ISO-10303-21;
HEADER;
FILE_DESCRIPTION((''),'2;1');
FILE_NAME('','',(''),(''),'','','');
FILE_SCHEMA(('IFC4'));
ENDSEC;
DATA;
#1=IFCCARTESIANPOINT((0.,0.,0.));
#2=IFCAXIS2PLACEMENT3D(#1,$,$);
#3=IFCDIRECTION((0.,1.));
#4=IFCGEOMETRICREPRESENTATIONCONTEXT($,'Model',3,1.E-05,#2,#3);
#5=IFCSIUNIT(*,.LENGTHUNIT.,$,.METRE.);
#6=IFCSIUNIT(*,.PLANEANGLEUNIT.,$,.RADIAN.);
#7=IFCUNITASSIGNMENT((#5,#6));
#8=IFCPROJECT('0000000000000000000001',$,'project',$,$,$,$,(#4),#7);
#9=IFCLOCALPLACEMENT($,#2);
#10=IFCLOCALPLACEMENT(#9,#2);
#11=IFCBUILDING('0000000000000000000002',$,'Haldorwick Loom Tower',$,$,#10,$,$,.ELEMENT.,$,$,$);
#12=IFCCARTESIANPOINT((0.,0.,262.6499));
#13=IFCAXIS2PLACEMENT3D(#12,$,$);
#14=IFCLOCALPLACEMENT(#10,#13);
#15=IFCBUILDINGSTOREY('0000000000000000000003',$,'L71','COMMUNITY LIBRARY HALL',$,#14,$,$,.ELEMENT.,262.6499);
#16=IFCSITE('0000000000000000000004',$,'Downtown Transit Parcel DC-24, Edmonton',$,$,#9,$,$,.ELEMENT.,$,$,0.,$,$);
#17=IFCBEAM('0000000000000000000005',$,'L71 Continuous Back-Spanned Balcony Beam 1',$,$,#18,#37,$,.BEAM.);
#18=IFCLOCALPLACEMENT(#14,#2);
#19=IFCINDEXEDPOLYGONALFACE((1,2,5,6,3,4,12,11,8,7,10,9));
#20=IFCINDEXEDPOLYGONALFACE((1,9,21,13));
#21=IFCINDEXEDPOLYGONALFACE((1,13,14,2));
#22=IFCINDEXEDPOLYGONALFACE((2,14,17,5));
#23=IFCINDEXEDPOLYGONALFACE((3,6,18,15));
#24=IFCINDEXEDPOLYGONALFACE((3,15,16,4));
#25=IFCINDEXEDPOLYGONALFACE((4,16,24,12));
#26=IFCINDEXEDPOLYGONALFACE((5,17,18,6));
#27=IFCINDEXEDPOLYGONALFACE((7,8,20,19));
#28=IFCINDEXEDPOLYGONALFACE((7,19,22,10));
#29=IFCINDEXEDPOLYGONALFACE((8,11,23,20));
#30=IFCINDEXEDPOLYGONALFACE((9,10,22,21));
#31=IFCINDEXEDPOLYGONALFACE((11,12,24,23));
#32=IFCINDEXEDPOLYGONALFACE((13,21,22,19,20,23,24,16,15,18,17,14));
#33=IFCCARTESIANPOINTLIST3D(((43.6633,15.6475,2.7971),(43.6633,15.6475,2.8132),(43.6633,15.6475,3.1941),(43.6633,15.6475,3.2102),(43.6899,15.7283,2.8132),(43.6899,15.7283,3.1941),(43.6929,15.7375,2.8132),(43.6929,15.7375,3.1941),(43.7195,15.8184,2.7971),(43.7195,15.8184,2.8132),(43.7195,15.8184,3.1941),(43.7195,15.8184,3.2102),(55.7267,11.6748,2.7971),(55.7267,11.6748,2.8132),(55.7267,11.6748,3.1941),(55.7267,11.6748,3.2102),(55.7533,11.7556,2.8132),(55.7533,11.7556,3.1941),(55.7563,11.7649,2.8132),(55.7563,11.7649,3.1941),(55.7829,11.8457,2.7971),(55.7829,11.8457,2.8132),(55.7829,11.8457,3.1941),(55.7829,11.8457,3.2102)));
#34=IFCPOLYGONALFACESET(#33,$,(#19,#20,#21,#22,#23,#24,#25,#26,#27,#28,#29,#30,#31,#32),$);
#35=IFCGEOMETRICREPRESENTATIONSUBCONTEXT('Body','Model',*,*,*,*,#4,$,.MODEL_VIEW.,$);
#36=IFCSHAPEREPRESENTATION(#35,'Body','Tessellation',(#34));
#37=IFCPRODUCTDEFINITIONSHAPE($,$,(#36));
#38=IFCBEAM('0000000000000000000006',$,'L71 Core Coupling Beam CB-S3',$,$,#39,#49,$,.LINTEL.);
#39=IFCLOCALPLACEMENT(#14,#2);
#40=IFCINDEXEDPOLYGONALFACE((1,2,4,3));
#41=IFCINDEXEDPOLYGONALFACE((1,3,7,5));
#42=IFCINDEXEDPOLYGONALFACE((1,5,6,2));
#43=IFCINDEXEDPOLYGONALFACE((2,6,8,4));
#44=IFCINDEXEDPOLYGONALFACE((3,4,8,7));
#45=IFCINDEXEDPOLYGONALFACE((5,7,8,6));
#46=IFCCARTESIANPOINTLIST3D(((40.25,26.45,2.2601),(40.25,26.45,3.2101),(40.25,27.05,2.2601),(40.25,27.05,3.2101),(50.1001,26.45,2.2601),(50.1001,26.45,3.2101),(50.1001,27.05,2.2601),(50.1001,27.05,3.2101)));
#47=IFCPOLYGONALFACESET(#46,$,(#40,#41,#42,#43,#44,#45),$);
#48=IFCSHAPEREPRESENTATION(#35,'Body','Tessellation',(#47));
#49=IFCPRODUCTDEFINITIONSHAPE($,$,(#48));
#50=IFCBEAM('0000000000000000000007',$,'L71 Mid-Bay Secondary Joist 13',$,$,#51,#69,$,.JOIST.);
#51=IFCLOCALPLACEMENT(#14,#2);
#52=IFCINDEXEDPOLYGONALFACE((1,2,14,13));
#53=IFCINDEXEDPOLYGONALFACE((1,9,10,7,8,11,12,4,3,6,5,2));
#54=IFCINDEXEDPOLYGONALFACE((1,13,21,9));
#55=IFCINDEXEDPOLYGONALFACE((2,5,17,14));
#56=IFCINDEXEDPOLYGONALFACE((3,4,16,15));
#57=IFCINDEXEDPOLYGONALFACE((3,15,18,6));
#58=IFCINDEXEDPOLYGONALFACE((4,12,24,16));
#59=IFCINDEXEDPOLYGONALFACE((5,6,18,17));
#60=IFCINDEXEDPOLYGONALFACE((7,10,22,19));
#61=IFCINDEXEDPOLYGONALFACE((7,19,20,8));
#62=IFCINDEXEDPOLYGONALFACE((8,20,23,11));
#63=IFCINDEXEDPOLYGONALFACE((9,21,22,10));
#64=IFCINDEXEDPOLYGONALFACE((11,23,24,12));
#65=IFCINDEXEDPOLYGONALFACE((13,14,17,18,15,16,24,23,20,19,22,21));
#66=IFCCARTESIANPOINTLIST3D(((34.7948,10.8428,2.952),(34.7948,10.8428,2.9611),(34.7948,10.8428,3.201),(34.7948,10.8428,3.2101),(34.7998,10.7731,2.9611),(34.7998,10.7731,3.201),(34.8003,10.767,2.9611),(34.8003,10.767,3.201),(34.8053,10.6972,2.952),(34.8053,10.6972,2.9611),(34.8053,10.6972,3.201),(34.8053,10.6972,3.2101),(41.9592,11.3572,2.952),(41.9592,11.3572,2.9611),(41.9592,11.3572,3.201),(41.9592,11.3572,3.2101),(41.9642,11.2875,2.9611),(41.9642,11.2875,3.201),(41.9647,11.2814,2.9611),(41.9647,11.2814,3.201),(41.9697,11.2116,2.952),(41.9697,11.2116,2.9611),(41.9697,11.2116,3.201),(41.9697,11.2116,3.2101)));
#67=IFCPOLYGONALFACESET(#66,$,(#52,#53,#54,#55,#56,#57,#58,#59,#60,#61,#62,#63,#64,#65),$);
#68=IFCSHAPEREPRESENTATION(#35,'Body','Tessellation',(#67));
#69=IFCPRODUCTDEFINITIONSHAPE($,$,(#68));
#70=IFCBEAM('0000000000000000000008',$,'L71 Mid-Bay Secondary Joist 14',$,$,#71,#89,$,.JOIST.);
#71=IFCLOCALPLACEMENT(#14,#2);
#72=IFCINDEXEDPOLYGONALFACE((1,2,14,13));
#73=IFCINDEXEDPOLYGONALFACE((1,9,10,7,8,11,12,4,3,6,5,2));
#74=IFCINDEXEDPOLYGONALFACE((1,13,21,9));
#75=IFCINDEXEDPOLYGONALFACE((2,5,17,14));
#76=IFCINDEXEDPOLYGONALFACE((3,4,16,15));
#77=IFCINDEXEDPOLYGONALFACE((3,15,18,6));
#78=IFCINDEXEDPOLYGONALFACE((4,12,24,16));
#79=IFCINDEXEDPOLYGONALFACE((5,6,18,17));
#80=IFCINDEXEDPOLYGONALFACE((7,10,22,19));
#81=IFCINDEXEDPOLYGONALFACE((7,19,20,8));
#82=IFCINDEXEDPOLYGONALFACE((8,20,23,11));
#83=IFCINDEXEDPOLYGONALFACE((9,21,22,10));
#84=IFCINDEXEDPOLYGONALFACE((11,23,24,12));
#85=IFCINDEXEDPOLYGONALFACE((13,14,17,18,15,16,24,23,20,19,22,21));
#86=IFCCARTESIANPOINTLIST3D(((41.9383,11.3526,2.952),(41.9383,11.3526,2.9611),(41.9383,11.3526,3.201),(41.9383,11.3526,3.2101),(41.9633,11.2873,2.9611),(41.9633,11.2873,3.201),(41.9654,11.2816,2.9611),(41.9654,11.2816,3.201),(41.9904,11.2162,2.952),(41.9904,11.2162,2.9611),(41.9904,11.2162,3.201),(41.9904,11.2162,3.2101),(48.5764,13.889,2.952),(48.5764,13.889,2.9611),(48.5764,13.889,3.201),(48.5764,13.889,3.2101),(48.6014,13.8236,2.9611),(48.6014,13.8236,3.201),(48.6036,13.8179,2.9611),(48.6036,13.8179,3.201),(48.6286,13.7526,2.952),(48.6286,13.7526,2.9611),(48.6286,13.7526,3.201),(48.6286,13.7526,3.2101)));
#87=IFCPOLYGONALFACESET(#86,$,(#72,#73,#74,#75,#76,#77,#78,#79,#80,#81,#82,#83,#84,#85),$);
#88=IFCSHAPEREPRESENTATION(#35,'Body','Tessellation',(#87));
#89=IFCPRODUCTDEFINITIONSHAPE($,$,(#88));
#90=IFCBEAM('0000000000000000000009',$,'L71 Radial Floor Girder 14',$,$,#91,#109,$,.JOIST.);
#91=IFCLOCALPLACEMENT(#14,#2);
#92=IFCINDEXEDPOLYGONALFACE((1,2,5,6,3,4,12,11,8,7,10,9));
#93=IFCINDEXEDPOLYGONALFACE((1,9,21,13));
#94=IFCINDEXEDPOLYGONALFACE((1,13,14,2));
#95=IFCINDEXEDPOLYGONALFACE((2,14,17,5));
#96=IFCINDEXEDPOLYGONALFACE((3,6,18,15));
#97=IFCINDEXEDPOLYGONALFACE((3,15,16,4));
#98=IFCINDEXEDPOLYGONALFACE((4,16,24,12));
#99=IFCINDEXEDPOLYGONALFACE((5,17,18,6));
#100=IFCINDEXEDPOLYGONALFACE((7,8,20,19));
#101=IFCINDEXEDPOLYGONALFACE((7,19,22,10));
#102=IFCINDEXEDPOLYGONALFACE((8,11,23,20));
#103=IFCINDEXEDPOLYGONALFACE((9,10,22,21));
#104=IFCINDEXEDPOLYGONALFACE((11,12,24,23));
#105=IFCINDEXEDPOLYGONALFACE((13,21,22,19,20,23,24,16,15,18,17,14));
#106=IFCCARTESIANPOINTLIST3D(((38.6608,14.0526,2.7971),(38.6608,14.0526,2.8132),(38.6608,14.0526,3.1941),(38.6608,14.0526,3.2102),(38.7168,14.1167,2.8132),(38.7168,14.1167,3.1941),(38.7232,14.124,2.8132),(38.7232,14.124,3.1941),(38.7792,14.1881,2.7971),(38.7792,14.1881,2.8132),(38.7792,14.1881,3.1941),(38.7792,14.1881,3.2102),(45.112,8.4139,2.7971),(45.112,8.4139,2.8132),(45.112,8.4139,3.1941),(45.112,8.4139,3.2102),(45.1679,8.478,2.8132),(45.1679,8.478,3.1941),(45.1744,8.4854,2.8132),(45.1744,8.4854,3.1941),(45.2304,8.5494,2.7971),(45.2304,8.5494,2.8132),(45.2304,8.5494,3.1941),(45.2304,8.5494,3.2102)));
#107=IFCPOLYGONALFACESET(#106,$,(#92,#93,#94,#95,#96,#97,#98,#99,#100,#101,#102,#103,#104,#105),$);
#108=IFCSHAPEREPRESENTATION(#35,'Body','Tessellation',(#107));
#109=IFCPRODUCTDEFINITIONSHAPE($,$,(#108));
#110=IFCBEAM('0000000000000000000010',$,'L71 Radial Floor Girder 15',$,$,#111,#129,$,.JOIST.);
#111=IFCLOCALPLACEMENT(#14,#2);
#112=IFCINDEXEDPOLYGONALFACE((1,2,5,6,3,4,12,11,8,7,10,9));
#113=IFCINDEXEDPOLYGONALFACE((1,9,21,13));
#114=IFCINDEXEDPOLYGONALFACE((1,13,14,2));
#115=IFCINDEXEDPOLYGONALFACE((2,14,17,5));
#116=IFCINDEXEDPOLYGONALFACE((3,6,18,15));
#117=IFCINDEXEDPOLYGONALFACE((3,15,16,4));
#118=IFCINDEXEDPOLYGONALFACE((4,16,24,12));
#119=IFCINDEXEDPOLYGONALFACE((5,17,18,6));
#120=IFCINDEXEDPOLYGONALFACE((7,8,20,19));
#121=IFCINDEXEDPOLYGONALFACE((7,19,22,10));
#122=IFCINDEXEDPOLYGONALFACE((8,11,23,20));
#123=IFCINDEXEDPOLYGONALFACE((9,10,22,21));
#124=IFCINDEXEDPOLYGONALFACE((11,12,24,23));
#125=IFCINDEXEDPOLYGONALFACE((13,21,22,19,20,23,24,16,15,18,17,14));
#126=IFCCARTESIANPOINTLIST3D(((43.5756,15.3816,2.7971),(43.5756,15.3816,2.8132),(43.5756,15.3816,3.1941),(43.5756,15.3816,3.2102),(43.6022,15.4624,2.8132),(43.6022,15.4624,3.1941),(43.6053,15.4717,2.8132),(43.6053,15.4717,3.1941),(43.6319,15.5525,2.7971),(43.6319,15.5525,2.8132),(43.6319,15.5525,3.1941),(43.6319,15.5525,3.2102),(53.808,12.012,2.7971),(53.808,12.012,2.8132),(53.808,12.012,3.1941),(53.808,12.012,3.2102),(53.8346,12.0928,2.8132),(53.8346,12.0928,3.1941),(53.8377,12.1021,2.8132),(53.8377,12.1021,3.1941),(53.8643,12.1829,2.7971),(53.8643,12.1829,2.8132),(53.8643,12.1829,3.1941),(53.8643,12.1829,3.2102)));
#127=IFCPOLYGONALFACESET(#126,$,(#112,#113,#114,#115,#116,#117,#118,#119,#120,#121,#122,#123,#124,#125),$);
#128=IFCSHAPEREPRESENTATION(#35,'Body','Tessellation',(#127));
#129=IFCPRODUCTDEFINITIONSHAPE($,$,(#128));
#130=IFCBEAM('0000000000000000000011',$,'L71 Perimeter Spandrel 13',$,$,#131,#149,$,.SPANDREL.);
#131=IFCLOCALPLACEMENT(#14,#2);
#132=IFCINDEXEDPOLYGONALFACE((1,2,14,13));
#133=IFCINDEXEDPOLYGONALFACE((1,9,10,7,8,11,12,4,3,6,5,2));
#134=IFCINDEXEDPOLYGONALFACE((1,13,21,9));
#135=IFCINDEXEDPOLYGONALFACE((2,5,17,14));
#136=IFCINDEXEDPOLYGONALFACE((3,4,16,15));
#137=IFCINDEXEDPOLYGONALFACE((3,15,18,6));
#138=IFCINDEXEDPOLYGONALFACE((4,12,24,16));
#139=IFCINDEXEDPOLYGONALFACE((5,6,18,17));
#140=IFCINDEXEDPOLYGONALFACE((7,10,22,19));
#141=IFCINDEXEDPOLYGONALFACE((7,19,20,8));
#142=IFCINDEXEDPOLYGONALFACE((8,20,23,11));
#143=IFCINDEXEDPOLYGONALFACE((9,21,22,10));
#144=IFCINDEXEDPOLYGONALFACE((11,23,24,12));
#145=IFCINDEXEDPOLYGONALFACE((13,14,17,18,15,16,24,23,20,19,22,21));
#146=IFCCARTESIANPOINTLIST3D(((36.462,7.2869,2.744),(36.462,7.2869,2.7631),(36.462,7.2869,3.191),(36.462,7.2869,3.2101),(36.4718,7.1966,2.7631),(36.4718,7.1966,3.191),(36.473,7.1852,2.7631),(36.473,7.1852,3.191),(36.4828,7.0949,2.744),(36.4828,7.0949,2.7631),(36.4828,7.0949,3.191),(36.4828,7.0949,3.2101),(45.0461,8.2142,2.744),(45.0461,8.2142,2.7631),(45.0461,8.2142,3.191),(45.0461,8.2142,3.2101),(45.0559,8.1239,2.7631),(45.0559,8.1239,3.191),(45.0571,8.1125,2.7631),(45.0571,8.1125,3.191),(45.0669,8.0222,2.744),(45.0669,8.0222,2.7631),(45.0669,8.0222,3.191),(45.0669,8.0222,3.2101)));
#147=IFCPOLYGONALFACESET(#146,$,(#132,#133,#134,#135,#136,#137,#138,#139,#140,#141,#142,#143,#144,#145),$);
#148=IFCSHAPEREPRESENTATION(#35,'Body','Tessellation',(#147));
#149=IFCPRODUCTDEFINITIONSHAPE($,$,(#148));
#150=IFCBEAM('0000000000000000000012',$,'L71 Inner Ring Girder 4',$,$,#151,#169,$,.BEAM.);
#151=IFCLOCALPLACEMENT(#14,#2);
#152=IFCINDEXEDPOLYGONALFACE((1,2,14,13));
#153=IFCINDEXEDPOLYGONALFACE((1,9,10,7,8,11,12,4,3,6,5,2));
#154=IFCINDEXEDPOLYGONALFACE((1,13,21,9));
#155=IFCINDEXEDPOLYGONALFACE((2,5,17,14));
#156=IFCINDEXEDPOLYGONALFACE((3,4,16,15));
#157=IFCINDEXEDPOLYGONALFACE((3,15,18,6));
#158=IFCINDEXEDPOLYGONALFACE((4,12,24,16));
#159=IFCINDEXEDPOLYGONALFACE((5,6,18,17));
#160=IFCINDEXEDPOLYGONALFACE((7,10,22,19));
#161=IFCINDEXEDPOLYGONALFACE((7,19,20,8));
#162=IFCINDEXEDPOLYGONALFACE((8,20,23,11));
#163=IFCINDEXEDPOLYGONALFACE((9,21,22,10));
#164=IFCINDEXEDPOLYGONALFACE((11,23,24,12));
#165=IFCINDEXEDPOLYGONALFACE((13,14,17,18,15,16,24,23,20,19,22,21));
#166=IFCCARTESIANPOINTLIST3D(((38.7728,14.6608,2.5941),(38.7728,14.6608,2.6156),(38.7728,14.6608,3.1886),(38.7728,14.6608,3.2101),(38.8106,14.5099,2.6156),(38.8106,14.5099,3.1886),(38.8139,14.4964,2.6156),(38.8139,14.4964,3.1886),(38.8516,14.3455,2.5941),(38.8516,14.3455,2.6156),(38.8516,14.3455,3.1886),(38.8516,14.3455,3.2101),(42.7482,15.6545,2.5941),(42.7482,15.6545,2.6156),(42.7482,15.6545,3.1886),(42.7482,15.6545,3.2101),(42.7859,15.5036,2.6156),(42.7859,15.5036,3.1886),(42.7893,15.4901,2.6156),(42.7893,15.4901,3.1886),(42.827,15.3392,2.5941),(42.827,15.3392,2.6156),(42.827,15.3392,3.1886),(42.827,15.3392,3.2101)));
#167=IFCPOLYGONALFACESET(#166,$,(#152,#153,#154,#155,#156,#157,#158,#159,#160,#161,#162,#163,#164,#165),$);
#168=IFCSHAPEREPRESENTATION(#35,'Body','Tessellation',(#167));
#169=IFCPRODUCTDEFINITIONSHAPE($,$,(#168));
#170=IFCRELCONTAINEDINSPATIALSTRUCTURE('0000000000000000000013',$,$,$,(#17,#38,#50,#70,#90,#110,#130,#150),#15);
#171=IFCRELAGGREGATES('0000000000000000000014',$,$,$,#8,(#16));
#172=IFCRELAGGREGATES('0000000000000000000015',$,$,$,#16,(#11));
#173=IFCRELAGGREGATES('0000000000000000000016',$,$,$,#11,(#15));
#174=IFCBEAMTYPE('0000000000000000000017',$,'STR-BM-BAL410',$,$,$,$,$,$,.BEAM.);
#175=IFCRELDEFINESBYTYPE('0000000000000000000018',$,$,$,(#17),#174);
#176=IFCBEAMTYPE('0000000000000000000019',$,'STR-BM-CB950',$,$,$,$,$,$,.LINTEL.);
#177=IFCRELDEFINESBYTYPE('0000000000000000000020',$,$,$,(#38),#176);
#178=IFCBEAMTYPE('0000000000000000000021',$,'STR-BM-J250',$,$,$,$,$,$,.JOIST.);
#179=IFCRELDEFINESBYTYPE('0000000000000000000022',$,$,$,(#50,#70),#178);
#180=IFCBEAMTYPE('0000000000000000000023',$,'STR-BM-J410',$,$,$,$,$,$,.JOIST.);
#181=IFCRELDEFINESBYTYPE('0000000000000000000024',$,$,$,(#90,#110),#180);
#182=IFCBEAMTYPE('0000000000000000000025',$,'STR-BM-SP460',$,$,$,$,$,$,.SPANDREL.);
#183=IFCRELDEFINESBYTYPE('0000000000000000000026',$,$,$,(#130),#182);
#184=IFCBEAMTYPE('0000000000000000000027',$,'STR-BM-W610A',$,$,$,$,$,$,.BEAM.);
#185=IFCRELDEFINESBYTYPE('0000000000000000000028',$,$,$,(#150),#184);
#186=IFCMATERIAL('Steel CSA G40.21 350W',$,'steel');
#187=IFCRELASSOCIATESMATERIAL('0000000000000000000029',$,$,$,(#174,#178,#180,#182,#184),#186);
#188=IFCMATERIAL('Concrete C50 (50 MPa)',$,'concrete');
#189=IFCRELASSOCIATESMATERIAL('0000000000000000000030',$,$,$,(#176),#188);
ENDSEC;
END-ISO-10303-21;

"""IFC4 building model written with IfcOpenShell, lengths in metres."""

from ifc_helpers import new_model, si_unit, direction, frame, origin, origin_2d, place, context, subcontext, project, spatial, rectangle, i_section, extrude, material, material_profile, profile_set, type_object, element, save


model = new_model("IFC4")

# Units and contexts
model_context = context("Model", 3, precision=1e-05, world=origin(), true_north=direction((0.0, 1.0)))
body_context = subcontext(model_context, "Body", "Model", "MODEL_VIEW")
ifc_project = project(units=[si_unit("LENGTHUNIT", "METRE"), si_unit("PLANEANGLEUNIT", "RADIAN")], contexts=[model_context])

# Site, building, storey
site_placement = place(None, origin())
site = spatial("IfcSite", under=ifc_project, at=site_placement, Name="Downtown Transit Parcel DC-24, Edmonton", CompositionType="ELEMENT", RefElevation=0.0)
building_placement = place(site_placement, origin())
building = spatial("IfcBuilding", under=site, at=building_placement, Name="Haldorwick Loom Tower", CompositionType="ELEMENT")
storey_placement = place(building_placement, frame((0.0, 0.0, 262.6499)))
storey = spatial("IfcBuildingStorey", under=building, at=storey_placement, Name="L71", Description="COMMUNITY LIBRARY HALL", CompositionType="ELEMENT", Elevation=262.6499)

# Shared definitions
ifc_material_1 = material(Name="Concrete C50 (50 MPa)", Category="concrete")
ifc_material_2 = material(Name="Steel CSA G40.21 350W", Category="steel")

# Beams
ifc_material_profile_1 = material_profile(ifc_material_2, i_section(OverallWidth=0.1799, OverallDepth=0.4131, WebThickness=0.0098, FlangeThickness=0.0161, at=origin_2d()), Name="W410X74", Category="steel")
ifc_profile_set_1 = profile_set([ifc_material_profile_1], Name="Steel CSA G40.21 350W")
beam_type_1 = type_object("IfcBeamType", Name="STR-BM-BAL410", PredefinedType="BEAM", material=ifc_profile_set_1)
beam_1_placement = place(storey_placement, frame((43.6914, 15.7329, 3.0037), z_axis=(0.949823, -0.312789, 0.0), x_axis=(0.312789, 0.949823, 0.0)))
element("IfcBeam", 1, at=beam_1_placement, inside=storey, type_object=beam_type_1, Name="L71 Continuous Back-Spanned Balcony Beam 1", PredefinedType="BEAM", context=body_context, shape_type="SweptSolid", body=[
    extrude(i_section(OverallWidth=0.1799, OverallDepth=0.4131, WebThickness=0.0098, FlangeThickness=0.0161, at=origin_2d()), origin(), (0.0, 0.0, 1.0), 12.7007),
])
ifc_material_profile_2 = material_profile(ifc_material_1, rectangle(XDim=0.6001, YDim=0.95, at=origin_2d()), Name="RC600X950", Category="concrete")
ifc_profile_set_2 = profile_set([ifc_material_profile_2], Name="Concrete C50 (50 MPa)")
beam_type_2 = type_object("IfcBeamType", Name="STR-BM-CB950", PredefinedType="LINTEL", material=ifc_profile_set_2)
beam_2_placement = place(storey_placement, frame((40.25, 26.75, 2.7351), z_axis=(1.0, 0.0, 0.0), x_axis=(0.0, 1.0, 0.0)))
element("IfcBeam", 2, at=beam_2_placement, inside=storey, type_object=beam_type_2, Name="L71 Core Coupling Beam CB-S3", PredefinedType="LINTEL", context=body_context, shape_type="SweptSolid", body=[
    extrude(rectangle(XDim=0.6001, YDim=0.95, at=origin_2d()), origin(), (0.0, 0.0, 1.0), 9.8501),
])
ifc_material_profile_3 = material_profile(ifc_material_2, i_section(OverallWidth=0.146, OverallDepth=0.2581, WebThickness=0.0061, FlangeThickness=0.009, at=origin_2d()), Name="W250X33", Category="steel")
ifc_profile_set_3 = profile_set([ifc_material_profile_3], Name="Steel CSA G40.21 350W")
beam_type_3 = type_object("IfcBeamType", Name="STR-BM-J250", PredefinedType="JOIST", material=ifc_profile_set_3)
beam_3_placement = place(storey_placement, frame((34.8, 10.77, 3.0811), z_axis=(0.997432, 0.071617, 0.0), x_axis=(-0.071617, 0.997432, 0.0)))
element("IfcBeam", 3, at=beam_3_placement, inside=storey, type_object=beam_type_3, Name="L71 Mid-Bay Secondary Joist 13", PredefinedType="JOIST", context=body_context, shape_type="SweptSolid", body=[
    extrude(i_section(OverallWidth=0.146, OverallDepth=0.2581, WebThickness=0.0061, FlangeThickness=0.009, at=origin_2d()), origin(), (0.0, 0.0, 1.0), 7.1829),
])
beam_4_placement = place(storey_placement, frame((41.9644, 11.2844, 3.0811), z_axis=(0.934134, 0.356922, 0.0), x_axis=(-0.356922, 0.934134, 0.0)))
element("IfcBeam", 4, at=beam_4_placement, inside=storey, type_object=beam_type_3, Name="L71 Mid-Bay Secondary Joist 14", PredefinedType="JOIST", context=body_context, shape_type="SweptSolid", body=[
    extrude(i_section(OverallWidth=0.146, OverallDepth=0.2581, WebThickness=0.0061, FlangeThickness=0.009, at=origin_2d()), origin(), (0.0, 0.0, 1.0), 7.1062),
])
ifc_material_profile_4 = material_profile(ifc_material_2, i_section(OverallWidth=0.1799, OverallDepth=0.4131, WebThickness=0.0098, FlangeThickness=0.0161, at=origin_2d()), Name="W410X74", Category="steel")
ifc_profile_set_4 = profile_set([ifc_material_profile_4], Name="Steel CSA G40.21 350W")
beam_type_4 = type_object("IfcBeamType", Name="STR-BM-J410", PredefinedType="JOIST", material=ifc_profile_set_4)
beam_5_placement = place(storey_placement, frame((38.72, 14.1204, 3.0037), z_axis=(0.75293, -0.658101, 0.0), x_axis=(0.658101, 0.75293, 0.0)))
element("IfcBeam", 5, at=beam_5_placement, inside=storey, type_object=beam_type_4, Name="L71 Radial Floor Girder 14", PredefinedType="JOIST", context=body_context, shape_type="SweptSolid", body=[
    extrude(i_section(OverallWidth=0.1799, OverallDepth=0.4131, WebThickness=0.0098, FlangeThickness=0.0161, at=origin_2d()), origin(), (0.0, 0.0, 1.0), 8.5681),
])
beam_6_placement = place(storey_placement, frame((43.6038, 15.467, 3.0037), z_axis=(0.949824, -0.312786, 0.0), x_axis=(0.312786, 0.949824, 0.0)))
element("IfcBeam", 6, at=beam_6_placement, inside=storey, type_object=beam_type_4, Name="L71 Radial Floor Girder 15", PredefinedType="JOIST", context=body_context, shape_type="SweptSolid", body=[
    extrude(i_section(OverallWidth=0.1799, OverallDepth=0.4131, WebThickness=0.0098, FlangeThickness=0.0161, at=origin_2d()), origin(), (0.0, 0.0, 1.0), 10.7729),
])
ifc_material_profile_5 = material_profile(ifc_material_2, i_section(OverallWidth=0.1931, OverallDepth=0.4661, WebThickness=0.0115, FlangeThickness=0.019, at=origin_2d()), Name="W460X97", Category="steel")
ifc_profile_set_5 = profile_set([ifc_material_profile_5], Name="Steel CSA G40.21 350W")
beam_type_5 = type_object("IfcBeamType", Name="STR-BM-SP460", PredefinedType="SPANDREL", material=ifc_profile_set_5)
beam_7_placement = place(storey_placement, frame((36.4724, 7.1909, 2.9771), z_axis=(0.994216, 0.107396, 0.0), x_axis=(-0.107396, 0.994216, 0.0)))
element("IfcBeam", 7, at=beam_7_placement, inside=storey, type_object=beam_type_5, Name="L71 Perimeter Spandrel 13", PredefinedType="SPANDREL", context=body_context, shape_type="SweptSolid", body=[
    extrude(i_section(OverallWidth=0.1931, OverallDepth=0.4661, WebThickness=0.0115, FlangeThickness=0.019, at=origin_2d()), origin(), (0.0, 0.0, 1.0), 8.634),
])
ifc_material_profile_6 = material_profile(ifc_material_2, i_section(OverallWidth=0.325, OverallDepth=0.616, WebThickness=0.0139, FlangeThickness=0.0215, at=origin_2d()), Name="W610X174", Category="steel")
ifc_profile_set_6 = profile_set([ifc_material_profile_6], Name="Steel CSA G40.21 350W")
beam_type_6 = type_object("IfcBeamType", Name="STR-BM-W610A", PredefinedType="BEAM", material=ifc_profile_set_6)
beam_8_placement = place(storey_placement, frame((42.7876, 15.4968, 2.9021), z_axis=(-0.970153, -0.242494, 0.0), x_axis=(0.242494, -0.970153, 0.0)))
element("IfcBeam", 8, at=beam_8_placement, inside=storey, type_object=beam_type_6, Name="L71 Inner Ring Girder 4", PredefinedType="BEAM", context=body_context, shape_type="SweptSolid", body=[
    extrude(i_section(OverallWidth=0.325, OverallDepth=0.616, WebThickness=0.0139, FlangeThickness=0.0215, at=origin_2d()), origin(), (0.0, 0.0, 1.0), 4.0977),
])

save(model, "model.ifc")
